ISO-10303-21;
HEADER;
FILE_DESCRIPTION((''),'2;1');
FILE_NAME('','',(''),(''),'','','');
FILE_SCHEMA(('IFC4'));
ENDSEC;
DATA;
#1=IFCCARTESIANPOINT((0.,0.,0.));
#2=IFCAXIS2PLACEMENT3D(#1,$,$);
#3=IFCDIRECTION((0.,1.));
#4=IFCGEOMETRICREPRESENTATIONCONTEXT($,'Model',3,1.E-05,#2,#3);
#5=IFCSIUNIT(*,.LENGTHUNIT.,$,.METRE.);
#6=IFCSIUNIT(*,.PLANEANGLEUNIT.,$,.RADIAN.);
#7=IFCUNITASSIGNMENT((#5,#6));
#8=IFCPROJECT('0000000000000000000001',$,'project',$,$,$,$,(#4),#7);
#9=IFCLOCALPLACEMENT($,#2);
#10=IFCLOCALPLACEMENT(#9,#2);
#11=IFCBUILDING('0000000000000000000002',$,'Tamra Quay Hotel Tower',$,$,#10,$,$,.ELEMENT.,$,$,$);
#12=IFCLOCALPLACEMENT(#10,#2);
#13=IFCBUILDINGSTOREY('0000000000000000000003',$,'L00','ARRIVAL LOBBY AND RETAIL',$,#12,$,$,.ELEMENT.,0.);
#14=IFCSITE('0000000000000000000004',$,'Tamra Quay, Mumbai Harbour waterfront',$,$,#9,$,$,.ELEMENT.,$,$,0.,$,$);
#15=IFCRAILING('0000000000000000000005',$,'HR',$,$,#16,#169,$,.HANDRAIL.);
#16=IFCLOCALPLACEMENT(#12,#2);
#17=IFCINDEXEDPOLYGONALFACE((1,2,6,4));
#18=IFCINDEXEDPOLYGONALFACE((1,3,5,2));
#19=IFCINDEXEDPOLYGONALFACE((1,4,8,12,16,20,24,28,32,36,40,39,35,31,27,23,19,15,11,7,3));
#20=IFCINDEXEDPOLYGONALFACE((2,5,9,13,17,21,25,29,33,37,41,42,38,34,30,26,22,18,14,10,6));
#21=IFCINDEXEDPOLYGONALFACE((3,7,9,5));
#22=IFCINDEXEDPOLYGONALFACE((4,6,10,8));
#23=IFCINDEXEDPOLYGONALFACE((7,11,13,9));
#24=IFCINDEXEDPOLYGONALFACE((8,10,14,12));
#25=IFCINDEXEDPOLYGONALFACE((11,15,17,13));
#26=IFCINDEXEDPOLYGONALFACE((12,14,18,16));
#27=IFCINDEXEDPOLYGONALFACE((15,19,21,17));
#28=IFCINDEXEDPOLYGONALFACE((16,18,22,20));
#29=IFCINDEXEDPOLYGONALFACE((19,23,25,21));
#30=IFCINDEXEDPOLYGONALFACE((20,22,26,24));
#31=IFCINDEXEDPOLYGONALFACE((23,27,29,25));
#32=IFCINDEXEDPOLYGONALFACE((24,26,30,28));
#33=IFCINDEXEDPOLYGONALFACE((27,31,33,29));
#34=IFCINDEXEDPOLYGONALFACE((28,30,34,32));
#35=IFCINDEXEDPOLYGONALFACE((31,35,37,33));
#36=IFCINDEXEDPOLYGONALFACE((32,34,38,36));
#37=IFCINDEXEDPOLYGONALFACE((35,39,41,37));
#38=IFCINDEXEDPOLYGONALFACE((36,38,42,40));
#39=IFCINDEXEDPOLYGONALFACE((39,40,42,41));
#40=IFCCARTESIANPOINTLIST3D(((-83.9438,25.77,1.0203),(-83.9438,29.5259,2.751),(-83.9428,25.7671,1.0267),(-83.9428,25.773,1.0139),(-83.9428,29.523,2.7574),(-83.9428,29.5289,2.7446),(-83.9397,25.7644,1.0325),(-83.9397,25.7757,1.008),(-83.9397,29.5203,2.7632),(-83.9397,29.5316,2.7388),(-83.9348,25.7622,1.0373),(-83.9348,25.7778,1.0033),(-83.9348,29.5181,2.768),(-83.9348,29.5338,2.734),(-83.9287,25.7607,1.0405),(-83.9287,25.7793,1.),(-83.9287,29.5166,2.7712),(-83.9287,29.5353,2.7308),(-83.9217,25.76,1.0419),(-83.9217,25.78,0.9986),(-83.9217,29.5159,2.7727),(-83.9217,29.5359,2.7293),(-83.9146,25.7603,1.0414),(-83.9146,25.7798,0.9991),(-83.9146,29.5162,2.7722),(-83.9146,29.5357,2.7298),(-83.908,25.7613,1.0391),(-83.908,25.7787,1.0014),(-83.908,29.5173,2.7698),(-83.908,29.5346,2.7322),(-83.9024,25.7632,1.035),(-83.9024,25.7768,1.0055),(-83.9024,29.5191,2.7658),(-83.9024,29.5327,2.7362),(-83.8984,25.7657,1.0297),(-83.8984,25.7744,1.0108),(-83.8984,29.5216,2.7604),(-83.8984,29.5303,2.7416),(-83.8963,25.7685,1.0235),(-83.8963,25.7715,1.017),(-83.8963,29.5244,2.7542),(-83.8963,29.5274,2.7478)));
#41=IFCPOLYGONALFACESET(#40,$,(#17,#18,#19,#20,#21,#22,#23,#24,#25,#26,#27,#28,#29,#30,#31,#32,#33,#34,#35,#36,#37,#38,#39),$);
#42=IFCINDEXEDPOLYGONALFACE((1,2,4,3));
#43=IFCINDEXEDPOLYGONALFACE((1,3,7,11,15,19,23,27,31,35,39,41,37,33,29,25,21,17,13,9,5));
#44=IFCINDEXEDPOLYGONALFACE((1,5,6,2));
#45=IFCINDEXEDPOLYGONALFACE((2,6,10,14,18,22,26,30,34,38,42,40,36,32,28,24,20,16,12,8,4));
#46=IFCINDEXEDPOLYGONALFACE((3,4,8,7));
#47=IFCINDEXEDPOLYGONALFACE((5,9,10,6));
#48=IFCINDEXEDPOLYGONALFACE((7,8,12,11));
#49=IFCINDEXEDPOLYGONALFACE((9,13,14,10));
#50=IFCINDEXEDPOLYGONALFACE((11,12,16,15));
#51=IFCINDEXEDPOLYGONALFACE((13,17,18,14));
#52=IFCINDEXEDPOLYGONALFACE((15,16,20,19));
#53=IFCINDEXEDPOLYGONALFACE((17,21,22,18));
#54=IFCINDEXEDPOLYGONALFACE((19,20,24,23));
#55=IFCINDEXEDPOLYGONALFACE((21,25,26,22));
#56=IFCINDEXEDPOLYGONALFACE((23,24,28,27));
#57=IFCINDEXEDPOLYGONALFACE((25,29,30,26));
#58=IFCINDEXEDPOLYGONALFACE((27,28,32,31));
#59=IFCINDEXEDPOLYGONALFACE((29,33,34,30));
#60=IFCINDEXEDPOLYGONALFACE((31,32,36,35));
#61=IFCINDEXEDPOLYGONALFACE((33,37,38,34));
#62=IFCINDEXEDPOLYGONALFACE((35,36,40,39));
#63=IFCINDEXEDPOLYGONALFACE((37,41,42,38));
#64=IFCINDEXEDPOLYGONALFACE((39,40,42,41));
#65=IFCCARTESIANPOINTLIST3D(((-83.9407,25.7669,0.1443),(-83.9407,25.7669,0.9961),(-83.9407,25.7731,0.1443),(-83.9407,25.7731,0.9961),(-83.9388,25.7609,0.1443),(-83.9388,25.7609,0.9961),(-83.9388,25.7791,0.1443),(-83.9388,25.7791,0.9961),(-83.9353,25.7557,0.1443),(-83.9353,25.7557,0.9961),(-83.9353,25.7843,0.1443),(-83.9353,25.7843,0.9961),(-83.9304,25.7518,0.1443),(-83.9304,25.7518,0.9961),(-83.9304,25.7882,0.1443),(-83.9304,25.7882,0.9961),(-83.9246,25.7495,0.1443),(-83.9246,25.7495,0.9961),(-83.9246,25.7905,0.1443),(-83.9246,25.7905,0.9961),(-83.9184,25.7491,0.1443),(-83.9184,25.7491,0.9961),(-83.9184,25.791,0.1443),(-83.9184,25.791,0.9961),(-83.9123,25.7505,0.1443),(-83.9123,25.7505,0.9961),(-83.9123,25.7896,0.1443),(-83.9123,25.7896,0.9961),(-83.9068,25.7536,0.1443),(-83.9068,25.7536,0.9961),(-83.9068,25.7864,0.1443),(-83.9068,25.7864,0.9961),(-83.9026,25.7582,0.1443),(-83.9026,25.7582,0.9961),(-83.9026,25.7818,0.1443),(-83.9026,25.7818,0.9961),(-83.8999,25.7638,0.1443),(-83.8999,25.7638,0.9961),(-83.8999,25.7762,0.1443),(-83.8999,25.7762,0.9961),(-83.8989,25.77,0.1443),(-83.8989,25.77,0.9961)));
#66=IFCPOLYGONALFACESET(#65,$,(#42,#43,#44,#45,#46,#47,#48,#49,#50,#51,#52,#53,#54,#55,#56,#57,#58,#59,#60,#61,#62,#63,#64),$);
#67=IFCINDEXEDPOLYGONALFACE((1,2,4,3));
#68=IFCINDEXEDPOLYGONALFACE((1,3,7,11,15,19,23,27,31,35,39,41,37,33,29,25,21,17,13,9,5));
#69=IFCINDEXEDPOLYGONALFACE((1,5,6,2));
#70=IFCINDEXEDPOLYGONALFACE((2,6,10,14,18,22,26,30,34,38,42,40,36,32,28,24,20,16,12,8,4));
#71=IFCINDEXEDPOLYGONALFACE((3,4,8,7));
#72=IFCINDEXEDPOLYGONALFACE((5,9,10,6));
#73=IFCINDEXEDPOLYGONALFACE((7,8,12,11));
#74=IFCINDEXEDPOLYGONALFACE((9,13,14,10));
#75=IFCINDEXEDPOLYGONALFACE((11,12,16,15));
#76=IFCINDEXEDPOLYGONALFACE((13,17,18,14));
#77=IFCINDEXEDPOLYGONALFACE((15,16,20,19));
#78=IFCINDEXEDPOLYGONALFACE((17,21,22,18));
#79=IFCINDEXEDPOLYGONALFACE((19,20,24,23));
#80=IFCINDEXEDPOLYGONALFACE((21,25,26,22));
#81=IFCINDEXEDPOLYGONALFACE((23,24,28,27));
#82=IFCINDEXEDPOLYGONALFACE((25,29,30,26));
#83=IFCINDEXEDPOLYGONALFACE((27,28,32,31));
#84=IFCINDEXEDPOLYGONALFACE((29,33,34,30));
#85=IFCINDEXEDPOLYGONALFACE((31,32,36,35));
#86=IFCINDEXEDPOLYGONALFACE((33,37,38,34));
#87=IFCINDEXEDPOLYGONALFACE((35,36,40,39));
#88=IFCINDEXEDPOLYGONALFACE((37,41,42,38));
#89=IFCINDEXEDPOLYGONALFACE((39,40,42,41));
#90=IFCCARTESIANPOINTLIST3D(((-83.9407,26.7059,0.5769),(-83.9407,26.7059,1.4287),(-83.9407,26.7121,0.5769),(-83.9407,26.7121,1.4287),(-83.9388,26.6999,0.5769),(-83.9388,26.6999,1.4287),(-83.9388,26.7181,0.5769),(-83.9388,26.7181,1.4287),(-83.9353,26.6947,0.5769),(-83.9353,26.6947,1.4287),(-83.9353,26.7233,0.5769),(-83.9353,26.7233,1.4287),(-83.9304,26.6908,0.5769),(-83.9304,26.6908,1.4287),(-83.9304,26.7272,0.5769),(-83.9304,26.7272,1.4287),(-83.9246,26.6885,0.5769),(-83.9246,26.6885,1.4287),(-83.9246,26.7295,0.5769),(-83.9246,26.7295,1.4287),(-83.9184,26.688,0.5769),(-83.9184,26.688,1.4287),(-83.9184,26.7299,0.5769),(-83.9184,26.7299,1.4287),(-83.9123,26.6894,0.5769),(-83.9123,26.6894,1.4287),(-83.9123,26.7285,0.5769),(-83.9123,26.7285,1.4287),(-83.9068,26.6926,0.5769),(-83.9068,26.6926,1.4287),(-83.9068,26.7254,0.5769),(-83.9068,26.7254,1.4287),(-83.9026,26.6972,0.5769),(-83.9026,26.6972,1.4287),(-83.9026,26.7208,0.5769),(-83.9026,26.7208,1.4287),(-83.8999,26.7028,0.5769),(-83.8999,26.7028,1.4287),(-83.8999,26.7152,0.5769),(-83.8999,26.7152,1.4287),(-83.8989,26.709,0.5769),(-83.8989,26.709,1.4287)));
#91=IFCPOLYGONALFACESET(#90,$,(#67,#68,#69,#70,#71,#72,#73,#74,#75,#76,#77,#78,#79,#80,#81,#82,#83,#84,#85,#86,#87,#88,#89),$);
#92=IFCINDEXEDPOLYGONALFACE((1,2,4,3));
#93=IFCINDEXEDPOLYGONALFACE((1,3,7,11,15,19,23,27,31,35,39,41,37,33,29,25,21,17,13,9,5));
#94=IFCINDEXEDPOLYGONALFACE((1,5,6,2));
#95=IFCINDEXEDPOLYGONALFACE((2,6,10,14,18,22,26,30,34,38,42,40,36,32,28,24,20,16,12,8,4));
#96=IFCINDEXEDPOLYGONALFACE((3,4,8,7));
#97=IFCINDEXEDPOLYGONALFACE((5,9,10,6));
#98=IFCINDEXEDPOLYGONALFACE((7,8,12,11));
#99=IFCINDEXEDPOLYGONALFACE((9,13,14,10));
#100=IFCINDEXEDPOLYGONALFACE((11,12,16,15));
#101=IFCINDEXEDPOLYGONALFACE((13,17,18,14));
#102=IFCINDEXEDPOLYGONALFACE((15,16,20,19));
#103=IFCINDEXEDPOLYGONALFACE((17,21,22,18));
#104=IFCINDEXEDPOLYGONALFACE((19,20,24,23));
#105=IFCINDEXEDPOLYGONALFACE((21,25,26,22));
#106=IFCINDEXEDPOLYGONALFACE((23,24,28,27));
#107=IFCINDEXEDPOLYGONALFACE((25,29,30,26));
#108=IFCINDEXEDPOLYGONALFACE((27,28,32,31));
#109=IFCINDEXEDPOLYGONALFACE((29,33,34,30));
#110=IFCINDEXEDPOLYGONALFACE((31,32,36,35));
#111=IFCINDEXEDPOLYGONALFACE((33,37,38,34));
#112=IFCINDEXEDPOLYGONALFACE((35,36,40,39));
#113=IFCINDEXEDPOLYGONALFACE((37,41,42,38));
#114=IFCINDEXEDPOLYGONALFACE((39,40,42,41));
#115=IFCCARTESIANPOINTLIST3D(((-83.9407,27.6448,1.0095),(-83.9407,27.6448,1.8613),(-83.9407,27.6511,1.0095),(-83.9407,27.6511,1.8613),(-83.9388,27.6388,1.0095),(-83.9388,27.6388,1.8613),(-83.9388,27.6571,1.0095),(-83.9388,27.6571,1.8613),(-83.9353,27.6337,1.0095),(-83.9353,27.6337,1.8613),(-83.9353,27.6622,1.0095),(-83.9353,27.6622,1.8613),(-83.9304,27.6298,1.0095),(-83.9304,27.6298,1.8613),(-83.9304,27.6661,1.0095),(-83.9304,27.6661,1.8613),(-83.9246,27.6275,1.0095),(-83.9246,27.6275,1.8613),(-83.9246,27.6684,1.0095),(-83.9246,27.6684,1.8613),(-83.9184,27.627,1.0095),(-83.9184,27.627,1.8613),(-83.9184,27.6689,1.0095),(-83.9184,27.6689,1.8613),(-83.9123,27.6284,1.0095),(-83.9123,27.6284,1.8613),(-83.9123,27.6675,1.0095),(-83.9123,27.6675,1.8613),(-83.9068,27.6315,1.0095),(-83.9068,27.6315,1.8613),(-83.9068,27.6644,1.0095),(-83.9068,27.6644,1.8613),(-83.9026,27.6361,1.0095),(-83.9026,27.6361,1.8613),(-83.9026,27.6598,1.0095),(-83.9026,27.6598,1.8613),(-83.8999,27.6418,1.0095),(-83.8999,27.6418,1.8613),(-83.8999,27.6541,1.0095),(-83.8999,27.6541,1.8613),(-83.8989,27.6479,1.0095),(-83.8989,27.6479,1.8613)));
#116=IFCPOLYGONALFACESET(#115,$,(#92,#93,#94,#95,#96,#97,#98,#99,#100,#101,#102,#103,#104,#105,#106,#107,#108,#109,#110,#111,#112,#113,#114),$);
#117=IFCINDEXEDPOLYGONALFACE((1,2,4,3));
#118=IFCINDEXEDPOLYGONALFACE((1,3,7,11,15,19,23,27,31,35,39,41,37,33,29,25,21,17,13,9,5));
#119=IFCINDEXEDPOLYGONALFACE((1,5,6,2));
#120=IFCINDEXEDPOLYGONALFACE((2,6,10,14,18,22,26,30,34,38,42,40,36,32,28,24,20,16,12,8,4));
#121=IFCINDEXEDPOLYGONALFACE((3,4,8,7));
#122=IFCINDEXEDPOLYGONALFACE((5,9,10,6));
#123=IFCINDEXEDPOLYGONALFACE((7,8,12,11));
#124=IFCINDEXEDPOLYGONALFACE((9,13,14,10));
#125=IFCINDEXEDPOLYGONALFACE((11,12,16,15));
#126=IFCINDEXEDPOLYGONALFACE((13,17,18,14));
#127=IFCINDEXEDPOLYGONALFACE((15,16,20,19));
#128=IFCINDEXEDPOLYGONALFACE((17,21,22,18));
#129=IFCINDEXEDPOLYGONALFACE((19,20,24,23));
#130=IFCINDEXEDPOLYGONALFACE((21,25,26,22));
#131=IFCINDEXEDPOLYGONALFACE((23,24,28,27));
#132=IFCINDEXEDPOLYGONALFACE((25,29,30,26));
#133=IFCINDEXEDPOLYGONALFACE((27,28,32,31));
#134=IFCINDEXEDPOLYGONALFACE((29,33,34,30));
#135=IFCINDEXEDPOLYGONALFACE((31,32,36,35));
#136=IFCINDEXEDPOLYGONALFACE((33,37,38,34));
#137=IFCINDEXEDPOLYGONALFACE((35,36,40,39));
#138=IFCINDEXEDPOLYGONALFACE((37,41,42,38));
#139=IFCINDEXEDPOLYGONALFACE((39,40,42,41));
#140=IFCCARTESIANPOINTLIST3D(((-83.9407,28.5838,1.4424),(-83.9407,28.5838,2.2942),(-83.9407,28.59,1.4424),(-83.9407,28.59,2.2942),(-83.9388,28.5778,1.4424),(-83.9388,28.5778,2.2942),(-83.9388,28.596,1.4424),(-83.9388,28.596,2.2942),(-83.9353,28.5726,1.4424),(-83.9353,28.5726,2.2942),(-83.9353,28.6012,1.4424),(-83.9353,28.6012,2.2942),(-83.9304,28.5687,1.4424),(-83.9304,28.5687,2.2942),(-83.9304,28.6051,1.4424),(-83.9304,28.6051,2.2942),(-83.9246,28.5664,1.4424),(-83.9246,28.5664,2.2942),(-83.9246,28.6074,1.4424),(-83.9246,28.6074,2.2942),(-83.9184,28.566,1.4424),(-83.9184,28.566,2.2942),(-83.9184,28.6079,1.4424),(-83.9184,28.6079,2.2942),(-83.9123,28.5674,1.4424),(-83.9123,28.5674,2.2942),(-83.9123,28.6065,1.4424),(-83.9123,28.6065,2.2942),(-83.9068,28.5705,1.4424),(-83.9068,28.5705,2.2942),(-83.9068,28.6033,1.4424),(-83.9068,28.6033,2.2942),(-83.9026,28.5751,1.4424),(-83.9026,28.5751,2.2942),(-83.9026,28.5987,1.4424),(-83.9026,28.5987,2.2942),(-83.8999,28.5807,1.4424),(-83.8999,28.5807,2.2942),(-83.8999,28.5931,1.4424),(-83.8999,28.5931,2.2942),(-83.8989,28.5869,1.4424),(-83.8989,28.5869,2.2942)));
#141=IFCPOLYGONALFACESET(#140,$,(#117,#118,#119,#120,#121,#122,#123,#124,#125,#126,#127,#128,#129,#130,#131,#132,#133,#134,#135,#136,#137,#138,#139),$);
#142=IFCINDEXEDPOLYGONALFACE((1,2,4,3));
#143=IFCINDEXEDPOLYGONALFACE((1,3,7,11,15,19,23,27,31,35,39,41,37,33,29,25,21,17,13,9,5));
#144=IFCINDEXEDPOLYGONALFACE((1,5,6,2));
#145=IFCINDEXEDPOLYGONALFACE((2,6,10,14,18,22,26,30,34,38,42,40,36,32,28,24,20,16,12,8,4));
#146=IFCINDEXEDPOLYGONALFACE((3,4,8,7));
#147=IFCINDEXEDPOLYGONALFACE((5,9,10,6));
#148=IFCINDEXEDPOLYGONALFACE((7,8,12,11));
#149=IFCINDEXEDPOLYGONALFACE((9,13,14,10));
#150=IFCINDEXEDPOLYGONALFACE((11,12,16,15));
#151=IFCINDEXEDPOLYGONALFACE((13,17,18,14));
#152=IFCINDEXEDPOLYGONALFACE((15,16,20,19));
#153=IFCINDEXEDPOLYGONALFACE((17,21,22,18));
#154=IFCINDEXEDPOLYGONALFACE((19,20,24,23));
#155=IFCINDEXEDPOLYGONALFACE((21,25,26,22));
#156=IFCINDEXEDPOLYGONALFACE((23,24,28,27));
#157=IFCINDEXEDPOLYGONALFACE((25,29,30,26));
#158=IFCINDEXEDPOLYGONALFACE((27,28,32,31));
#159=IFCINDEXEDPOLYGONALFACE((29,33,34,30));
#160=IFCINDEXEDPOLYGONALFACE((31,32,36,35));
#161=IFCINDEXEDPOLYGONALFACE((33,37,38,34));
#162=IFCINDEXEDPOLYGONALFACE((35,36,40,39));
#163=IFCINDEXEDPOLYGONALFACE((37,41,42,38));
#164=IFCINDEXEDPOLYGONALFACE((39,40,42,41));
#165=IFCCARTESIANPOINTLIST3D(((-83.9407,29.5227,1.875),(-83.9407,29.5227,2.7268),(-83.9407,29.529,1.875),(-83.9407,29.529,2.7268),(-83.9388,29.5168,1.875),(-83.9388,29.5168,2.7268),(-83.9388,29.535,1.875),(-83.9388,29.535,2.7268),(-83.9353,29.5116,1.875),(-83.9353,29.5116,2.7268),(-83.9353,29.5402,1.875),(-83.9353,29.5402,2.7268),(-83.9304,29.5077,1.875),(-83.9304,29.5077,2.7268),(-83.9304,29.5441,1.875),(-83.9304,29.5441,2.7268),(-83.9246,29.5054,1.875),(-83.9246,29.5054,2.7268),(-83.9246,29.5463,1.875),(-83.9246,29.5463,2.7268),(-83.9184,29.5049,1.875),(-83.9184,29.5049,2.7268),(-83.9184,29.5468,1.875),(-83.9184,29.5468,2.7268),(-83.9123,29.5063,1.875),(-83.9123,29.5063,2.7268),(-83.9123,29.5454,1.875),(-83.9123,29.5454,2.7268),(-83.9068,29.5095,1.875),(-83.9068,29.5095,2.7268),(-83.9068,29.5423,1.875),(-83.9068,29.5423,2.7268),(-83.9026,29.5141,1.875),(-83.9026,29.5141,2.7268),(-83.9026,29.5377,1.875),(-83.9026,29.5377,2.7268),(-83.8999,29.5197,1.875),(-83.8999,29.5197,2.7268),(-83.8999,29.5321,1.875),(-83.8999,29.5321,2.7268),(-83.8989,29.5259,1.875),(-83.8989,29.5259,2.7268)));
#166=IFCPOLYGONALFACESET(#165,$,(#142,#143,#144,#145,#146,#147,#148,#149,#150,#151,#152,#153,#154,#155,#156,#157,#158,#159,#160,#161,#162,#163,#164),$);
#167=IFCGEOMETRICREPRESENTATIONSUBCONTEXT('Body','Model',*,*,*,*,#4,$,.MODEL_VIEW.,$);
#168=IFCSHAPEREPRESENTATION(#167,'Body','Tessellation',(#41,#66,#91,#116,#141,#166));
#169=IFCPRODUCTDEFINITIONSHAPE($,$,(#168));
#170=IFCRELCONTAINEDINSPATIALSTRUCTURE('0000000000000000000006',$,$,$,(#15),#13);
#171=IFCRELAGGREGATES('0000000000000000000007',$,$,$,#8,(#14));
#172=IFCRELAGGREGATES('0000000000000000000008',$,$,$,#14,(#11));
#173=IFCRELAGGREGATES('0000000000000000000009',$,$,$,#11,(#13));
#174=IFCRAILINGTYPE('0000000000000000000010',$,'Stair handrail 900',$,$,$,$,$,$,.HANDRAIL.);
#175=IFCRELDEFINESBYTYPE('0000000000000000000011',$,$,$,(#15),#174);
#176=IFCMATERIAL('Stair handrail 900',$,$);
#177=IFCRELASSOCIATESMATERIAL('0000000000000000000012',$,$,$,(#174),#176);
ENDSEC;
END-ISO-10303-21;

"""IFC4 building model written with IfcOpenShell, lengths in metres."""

from ifc_helpers import new_model, si_unit, direction, frame, origin, origin_2d, place, context, subcontext, project, spatial, circle, extrude, material, type_object, element, save


model = new_model("IFC4")

# Units and contexts
model_context = context("Model", 3, precision=1e-05, world=origin(), true_north=direction((0.0, 1.0)))
body_context = subcontext(model_context, "Body", "Model", "MODEL_VIEW")
ifc_project = project(units=[si_unit("LENGTHUNIT", "METRE"), si_unit("PLANEANGLEUNIT", "RADIAN")], contexts=[model_context])

# Site, building, storey
site_placement = place(None, origin())
site = spatial("IfcSite", under=ifc_project, at=site_placement, Name="Tamra Quay, Mumbai Harbour waterfront", CompositionType="ELEMENT", RefElevation=0.0)
building_placement = place(site_placement, origin())
building = spatial("IfcBuilding", under=site, at=building_placement, Name="Tamra Quay Hotel Tower", CompositionType="ELEMENT")
storey_placement = place(building_placement, origin())
storey = spatial("IfcBuildingStorey", under=building, at=storey_placement, Name="L00", Description="ARRIVAL LOBBY AND RETAIL", CompositionType="ELEMENT", Elevation=0.0)

# Railing
ifc_material_1 = material(Name="Stair handrail 900")
railing_type_1 = type_object("IfcRailingType", Name="Stair handrail 900", PredefinedType="HANDRAIL", material=ifc_material_1)
railing_1_placement = place(storey_placement, frame((-83.9199, 25.77, 0.1443)))
element("IfcRailing", 1, at=railing_1_placement, inside=storey, type_object=railing_type_1, Name="HR", PredefinedType="HANDRAIL", context=body_context, shape_type="SweptSolid", body=[
    extrude(circle(Radius=0.0239, at=origin_2d()), frame((0.0, 0.0, 0.876), z_axis=(0.0, 0.908213, 0.418508), x_axis=(-1.0, 0.0, 0.0)), (0.0, 0.0, 1.0), 4.1355),
    extrude(circle(Radius=0.021, at=origin_2d()), origin(), (0.0, 0.0, 1.0), 0.8518),
    extrude(circle(Radius=0.021, at=origin_2d()), frame((0.0, 0.939, 0.4326)), (0.0, 0.0, 1.0), 0.8518),
    extrude(circle(Radius=0.021, at=origin_2d()), frame((0.0, 1.8779, 0.8652)), (0.0, 0.0, 1.0), 0.8518),
    extrude(circle(Radius=0.021, at=origin_2d()), frame((0.0, 2.8169, 1.2981)), (0.0, 0.0, 1.0), 0.8518),
    extrude(circle(Radius=0.021, at=origin_2d()), frame((0.0, 3.7559, 1.7307)), (0.0, 0.0, 1.0), 0.8518),
])

save(model, "model.ifc")
